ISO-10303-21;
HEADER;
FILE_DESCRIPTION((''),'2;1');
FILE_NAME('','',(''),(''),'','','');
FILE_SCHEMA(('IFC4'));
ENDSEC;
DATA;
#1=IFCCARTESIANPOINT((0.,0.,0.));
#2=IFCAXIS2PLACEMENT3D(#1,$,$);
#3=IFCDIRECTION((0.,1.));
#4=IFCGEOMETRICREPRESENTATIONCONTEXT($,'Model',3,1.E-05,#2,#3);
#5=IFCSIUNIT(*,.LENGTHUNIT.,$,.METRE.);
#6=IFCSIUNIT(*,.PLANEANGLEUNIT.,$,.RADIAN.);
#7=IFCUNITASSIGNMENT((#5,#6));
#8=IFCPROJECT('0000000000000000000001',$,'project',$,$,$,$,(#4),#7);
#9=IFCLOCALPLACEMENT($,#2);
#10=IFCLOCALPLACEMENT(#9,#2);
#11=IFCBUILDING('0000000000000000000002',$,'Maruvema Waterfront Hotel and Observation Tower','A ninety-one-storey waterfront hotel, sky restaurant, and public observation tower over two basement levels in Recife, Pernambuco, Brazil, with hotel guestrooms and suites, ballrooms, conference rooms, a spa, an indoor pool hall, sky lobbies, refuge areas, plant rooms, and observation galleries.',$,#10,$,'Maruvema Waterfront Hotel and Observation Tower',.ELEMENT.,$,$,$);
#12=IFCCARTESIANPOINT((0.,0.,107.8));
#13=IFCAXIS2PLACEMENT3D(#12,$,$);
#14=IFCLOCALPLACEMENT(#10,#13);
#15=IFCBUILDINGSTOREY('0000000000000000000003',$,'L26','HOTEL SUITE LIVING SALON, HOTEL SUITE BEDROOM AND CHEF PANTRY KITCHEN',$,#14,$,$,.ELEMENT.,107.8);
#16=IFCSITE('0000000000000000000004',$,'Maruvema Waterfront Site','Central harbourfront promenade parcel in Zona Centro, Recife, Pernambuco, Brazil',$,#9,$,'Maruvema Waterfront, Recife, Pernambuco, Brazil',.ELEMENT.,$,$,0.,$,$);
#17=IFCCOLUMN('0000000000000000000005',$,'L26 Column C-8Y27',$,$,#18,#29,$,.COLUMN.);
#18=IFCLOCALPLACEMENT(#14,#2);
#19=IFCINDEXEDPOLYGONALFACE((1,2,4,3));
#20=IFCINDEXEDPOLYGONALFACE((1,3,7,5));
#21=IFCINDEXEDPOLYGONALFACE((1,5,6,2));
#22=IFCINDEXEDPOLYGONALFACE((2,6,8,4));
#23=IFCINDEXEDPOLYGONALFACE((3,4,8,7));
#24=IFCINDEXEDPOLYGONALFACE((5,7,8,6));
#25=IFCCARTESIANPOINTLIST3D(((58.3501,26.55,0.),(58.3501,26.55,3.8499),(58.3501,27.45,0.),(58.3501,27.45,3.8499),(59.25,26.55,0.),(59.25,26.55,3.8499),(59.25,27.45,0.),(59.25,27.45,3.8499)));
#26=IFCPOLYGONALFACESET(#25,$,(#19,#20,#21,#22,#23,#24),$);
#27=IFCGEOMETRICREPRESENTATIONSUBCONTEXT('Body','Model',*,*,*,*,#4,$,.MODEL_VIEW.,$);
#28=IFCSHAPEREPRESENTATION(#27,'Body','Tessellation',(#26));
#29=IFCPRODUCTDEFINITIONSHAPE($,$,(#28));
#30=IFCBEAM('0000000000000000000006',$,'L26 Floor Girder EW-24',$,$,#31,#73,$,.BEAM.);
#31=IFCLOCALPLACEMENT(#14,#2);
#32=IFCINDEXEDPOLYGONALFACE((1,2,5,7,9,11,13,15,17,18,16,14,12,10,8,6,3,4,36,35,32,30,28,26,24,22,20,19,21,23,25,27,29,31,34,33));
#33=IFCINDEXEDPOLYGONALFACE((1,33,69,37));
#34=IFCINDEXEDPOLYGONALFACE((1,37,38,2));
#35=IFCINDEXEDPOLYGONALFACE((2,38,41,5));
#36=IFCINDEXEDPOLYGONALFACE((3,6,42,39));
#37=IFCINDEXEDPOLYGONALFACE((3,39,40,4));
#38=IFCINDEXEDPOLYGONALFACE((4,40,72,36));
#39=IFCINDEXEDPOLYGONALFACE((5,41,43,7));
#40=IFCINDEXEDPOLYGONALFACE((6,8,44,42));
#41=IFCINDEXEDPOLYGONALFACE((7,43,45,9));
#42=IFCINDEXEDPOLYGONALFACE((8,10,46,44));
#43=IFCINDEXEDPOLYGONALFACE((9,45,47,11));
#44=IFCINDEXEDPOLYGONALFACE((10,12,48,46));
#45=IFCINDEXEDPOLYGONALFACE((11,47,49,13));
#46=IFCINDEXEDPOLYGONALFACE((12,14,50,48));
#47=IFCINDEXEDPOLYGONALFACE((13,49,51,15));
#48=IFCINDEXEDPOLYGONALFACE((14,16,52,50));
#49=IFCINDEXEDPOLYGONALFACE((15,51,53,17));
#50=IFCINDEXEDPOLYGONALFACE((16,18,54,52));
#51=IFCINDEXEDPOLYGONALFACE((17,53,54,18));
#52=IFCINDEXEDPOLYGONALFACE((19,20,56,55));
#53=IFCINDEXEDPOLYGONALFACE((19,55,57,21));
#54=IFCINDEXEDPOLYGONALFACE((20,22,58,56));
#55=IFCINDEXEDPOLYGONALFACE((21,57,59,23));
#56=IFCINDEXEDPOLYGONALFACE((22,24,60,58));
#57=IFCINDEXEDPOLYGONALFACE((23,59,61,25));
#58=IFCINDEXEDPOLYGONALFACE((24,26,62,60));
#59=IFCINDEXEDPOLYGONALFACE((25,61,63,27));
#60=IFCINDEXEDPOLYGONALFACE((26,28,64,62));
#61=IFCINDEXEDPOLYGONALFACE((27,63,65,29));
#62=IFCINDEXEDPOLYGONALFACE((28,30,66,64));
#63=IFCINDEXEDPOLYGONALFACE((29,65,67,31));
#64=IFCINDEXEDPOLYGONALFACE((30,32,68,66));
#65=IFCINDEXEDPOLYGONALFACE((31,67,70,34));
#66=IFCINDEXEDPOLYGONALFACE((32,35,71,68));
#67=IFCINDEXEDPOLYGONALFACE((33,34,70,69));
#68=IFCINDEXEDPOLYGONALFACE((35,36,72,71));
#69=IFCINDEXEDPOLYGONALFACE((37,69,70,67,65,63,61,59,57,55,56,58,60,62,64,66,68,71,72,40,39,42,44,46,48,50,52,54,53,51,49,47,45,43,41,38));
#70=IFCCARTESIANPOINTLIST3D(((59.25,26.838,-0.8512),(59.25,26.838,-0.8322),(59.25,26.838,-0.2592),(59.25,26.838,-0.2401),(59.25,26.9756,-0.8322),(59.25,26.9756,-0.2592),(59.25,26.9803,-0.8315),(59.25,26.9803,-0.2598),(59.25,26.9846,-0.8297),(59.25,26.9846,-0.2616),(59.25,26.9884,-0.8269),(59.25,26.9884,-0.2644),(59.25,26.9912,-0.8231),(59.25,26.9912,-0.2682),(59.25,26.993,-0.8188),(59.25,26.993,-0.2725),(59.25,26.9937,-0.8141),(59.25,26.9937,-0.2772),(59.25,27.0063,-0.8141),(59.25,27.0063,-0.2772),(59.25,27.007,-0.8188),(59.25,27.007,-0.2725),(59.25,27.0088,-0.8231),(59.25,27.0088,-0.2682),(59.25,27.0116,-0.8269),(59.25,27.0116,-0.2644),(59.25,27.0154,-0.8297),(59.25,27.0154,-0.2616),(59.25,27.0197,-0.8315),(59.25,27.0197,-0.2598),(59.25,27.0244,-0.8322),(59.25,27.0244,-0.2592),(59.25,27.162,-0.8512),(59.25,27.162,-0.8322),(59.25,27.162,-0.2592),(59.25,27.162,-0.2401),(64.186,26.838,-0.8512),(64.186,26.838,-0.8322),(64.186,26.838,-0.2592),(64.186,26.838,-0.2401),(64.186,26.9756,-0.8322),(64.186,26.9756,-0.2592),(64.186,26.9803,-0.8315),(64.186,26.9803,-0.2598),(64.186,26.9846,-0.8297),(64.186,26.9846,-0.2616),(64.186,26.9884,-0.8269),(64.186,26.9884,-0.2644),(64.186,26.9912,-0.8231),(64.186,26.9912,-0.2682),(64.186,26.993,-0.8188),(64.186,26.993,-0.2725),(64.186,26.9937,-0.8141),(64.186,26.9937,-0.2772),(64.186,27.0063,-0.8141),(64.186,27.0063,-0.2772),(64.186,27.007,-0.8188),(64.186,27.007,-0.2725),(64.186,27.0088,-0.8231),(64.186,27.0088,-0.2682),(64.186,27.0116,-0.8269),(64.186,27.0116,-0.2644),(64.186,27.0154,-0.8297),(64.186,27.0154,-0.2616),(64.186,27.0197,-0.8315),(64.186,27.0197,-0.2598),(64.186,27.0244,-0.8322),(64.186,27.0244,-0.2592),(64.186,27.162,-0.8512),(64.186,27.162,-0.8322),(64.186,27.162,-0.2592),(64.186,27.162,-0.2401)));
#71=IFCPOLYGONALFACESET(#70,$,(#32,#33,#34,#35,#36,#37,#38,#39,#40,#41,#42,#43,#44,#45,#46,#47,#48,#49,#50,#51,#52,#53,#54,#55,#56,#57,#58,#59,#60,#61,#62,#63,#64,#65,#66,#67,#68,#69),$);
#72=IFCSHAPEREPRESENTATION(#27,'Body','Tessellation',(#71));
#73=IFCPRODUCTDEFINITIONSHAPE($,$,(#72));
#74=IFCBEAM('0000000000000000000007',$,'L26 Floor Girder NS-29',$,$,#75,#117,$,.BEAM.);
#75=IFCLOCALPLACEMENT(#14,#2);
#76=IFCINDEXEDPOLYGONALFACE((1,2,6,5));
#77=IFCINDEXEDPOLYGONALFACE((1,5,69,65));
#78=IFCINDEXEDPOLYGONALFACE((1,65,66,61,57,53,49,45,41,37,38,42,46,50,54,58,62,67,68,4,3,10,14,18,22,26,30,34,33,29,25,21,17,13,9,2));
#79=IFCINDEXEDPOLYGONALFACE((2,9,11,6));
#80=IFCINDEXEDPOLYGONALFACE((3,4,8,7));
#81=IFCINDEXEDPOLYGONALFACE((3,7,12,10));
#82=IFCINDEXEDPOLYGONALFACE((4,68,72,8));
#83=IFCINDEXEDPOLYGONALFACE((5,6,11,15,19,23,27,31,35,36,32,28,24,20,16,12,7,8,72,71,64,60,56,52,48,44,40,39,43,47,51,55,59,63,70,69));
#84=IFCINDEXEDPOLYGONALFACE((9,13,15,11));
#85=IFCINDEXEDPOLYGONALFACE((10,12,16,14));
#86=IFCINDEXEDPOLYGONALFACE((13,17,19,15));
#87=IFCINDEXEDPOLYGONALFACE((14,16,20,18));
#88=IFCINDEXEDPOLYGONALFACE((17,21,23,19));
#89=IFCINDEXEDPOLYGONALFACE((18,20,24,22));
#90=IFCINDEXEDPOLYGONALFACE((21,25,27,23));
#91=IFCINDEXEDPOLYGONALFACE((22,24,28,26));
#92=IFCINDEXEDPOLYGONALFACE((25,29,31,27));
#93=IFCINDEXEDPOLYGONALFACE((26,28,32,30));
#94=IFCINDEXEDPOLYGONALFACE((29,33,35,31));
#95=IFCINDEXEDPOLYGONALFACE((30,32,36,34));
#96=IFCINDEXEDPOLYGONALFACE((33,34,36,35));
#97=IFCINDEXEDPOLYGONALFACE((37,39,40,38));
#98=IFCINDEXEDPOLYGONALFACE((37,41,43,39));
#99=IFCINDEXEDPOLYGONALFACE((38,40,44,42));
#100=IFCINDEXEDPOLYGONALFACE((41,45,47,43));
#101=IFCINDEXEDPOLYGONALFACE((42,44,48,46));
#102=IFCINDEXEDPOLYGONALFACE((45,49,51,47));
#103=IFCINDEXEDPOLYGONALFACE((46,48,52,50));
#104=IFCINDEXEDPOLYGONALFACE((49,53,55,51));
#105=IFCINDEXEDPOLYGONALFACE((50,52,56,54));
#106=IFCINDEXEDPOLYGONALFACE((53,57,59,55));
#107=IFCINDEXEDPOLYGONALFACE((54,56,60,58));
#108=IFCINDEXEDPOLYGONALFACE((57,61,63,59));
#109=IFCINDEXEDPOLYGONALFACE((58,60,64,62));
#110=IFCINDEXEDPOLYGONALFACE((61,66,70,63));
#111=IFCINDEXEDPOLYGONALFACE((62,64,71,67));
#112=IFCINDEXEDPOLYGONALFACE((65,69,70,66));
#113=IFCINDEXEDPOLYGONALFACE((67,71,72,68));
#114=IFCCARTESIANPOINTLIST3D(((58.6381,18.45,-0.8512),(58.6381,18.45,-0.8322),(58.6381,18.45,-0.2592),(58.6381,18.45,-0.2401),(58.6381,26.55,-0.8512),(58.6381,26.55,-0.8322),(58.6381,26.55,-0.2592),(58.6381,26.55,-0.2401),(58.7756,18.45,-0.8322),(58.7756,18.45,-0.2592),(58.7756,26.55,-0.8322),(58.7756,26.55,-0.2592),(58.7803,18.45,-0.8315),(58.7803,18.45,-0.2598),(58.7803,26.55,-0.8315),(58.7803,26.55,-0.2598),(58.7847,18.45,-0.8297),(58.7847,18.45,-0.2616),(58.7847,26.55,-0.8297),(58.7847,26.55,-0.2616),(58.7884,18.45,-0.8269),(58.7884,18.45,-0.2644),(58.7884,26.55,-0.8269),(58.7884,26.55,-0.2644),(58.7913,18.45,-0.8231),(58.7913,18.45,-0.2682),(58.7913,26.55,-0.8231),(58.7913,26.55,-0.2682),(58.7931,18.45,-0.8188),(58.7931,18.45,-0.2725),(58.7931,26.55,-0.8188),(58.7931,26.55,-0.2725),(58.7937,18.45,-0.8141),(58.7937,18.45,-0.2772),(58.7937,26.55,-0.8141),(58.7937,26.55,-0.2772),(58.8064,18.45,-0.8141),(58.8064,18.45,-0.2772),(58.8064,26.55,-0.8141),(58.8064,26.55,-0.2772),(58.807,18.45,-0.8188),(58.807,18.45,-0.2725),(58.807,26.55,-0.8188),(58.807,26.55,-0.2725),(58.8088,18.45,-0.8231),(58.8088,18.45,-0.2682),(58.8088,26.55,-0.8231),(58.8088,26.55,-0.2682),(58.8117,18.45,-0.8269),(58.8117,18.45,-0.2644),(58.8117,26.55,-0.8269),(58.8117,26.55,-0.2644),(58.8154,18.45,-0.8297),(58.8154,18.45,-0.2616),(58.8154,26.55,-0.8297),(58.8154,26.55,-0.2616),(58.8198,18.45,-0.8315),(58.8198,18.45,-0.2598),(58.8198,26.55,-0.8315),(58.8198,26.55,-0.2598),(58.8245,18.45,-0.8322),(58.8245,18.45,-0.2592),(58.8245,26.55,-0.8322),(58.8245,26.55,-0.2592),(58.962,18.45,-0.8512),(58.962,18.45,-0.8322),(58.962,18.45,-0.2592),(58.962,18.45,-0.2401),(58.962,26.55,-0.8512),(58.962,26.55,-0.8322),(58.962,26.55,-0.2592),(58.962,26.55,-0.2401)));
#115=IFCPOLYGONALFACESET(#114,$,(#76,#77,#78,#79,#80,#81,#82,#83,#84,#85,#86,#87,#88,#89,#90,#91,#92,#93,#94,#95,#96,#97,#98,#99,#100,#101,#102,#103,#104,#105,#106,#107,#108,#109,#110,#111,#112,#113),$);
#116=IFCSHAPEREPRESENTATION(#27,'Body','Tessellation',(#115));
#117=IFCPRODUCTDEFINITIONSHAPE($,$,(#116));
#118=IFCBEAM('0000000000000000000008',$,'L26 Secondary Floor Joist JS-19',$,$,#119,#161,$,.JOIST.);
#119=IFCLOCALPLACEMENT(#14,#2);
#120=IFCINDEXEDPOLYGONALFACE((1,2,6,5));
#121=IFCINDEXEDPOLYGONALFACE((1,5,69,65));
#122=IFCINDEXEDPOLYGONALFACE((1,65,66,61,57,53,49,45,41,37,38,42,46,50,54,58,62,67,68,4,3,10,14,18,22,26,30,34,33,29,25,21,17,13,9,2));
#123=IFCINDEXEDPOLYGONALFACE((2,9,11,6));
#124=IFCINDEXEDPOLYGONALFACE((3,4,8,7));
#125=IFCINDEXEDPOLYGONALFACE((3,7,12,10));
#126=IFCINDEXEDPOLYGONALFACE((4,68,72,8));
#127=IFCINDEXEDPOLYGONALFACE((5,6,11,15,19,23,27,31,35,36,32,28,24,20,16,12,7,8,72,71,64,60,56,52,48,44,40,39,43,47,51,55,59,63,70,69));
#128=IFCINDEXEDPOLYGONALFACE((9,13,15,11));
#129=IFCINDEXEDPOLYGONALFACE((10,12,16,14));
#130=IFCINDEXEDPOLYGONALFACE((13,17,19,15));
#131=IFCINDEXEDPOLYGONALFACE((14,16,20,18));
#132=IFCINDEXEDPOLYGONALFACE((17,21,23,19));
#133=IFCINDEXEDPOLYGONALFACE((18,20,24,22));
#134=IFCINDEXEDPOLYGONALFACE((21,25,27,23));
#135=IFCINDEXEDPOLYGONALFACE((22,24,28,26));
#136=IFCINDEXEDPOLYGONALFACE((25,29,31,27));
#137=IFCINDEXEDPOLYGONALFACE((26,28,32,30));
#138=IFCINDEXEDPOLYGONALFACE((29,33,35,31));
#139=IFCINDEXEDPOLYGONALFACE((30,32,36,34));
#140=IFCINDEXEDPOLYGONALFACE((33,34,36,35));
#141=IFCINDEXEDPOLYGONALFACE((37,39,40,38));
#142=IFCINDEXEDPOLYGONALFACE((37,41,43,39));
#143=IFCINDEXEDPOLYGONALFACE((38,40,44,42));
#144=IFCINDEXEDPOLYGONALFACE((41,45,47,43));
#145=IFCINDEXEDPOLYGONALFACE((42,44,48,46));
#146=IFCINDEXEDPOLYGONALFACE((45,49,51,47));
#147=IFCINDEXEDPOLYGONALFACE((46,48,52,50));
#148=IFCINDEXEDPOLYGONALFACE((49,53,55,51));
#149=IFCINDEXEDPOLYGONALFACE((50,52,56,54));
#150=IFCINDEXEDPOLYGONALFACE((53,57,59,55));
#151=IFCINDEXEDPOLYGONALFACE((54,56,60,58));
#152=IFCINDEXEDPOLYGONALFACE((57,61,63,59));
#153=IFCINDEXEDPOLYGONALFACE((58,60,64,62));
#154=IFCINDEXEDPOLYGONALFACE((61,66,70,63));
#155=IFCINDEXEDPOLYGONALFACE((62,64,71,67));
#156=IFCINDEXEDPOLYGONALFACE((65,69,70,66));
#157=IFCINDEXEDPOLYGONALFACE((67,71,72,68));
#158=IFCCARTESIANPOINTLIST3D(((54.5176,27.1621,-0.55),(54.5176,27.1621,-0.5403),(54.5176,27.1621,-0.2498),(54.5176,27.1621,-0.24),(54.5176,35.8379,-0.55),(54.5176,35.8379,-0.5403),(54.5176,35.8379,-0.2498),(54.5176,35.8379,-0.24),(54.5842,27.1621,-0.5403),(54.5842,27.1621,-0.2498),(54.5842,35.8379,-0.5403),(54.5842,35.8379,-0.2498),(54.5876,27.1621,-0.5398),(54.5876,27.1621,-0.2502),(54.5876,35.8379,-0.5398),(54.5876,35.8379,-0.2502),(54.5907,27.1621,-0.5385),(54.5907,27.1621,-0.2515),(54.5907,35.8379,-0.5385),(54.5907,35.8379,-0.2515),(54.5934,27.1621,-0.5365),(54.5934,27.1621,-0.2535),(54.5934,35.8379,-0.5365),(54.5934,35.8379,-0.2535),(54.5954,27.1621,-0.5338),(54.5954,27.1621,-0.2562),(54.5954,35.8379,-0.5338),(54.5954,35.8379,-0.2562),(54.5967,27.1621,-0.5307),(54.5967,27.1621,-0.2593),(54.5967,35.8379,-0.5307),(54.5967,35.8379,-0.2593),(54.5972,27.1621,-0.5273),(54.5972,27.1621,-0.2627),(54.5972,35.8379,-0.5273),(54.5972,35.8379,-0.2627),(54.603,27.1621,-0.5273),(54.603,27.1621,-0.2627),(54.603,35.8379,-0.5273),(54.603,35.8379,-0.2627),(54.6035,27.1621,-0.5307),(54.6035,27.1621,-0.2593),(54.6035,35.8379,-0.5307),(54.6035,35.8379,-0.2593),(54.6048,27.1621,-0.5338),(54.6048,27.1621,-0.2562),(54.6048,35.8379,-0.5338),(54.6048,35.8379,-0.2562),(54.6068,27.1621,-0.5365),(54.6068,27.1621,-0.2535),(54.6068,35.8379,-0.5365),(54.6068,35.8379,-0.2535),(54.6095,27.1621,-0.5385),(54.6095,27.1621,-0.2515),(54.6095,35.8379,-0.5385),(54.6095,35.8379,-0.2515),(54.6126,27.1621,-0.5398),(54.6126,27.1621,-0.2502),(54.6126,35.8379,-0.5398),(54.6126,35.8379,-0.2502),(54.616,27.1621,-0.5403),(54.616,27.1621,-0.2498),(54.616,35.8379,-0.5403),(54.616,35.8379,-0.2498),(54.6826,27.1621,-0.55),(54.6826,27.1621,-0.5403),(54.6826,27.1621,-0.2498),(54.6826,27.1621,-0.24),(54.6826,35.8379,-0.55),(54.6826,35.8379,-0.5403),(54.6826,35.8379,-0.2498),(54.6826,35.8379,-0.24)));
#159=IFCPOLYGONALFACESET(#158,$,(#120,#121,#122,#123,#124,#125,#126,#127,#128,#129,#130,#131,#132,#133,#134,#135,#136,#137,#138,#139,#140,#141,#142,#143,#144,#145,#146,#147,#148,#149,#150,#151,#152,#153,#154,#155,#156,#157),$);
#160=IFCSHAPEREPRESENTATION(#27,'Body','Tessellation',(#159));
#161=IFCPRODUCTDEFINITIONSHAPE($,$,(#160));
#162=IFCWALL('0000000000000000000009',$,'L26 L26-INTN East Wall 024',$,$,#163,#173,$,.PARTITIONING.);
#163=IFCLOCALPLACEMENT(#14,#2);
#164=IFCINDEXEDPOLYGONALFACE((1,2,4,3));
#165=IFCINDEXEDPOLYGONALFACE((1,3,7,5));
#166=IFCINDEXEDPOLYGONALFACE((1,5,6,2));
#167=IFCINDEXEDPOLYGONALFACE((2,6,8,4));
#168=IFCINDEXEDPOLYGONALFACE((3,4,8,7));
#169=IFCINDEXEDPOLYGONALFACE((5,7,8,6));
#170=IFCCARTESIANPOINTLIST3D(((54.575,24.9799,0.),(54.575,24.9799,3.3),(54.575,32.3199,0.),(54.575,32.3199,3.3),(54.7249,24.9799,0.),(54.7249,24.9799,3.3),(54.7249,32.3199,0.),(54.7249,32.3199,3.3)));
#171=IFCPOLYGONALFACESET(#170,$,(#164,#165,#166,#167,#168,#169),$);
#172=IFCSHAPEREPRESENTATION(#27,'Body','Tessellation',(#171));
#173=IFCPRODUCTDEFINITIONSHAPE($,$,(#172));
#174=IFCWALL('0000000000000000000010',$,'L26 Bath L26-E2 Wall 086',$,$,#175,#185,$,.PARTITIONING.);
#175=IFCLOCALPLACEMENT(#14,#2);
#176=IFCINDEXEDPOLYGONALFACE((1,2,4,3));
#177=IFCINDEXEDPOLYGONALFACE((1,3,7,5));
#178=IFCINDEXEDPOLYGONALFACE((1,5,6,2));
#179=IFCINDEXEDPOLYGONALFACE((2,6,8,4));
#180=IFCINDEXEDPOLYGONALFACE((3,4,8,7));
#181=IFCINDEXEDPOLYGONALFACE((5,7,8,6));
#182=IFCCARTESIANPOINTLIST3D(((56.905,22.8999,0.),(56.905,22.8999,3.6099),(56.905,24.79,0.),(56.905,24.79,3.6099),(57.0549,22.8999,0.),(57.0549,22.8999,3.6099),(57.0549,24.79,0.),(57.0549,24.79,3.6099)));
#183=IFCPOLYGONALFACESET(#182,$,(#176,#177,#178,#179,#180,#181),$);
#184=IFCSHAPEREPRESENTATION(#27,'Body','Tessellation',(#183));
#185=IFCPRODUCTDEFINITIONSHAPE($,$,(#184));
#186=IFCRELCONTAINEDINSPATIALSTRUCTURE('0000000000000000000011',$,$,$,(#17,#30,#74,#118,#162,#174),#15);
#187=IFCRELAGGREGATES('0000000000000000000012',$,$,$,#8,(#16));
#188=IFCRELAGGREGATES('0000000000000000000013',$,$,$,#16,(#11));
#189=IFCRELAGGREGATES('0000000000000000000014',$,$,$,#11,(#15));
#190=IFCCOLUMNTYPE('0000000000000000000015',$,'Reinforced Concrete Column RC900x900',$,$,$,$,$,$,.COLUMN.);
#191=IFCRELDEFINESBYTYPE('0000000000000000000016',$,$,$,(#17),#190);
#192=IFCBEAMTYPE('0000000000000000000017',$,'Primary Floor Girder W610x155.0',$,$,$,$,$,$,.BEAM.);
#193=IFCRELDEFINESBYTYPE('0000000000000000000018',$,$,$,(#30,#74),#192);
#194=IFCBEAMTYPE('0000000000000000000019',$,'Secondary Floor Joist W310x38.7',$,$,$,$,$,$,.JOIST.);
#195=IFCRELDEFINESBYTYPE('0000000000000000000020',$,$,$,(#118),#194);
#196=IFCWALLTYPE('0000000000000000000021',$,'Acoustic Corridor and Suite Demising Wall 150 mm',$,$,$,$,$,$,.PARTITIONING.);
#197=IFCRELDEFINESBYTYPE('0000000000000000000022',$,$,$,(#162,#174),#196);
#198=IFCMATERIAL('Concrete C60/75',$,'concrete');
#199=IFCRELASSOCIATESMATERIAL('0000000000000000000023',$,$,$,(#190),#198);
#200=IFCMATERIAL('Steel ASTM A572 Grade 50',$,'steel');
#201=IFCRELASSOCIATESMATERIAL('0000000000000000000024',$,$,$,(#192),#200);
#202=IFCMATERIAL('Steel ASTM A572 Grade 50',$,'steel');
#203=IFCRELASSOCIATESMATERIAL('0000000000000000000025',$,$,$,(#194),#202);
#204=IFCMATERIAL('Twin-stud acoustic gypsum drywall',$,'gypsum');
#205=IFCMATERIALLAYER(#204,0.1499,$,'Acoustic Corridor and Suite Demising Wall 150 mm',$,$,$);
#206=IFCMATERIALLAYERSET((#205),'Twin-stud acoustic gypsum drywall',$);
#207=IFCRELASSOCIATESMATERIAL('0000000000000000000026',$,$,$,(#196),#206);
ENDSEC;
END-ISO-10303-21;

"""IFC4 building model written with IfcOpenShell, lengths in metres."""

from ifc_helpers import new_model, si_unit, direction, frame, frame_2d, origin, origin_2d, place, context, subcontext, project, spatial, rectangle, i_section, extrude, material, layer, layer_set, material_profile, profile_set, type_object, element, save


model = new_model("IFC4")

# Units and contexts
model_context = context("Model", 3, precision=1e-05, world=origin(), true_north=direction((0.0, 1.0)))
body_context = subcontext(model_context, "Body", "Model", "MODEL_VIEW")
ifc_project = project(units=[si_unit("LENGTHUNIT", "METRE"), si_unit("PLANEANGLEUNIT", "RADIAN")], contexts=[model_context])

# Site, building, storey
site_placement = place(None, origin())
site = spatial("IfcSite", under=ifc_project, at=site_placement, Name="Maruvema Waterfront Site", Description="Central harbourfront promenade parcel in Zona Centro, Recife, Pernambuco, Brazil", LongName="Maruvema Waterfront, Recife, Pernambuco, Brazil", CompositionType="ELEMENT", RefElevation=0.0)
building_placement = place(site_placement, origin())
building = spatial("IfcBuilding", under=site, at=building_placement, Name="Maruvema Waterfront Hotel and Observation Tower", Description="A ninety-one-storey waterfront hotel, sky restaurant, and public observation tower over two basement levels in Recife, Pernambuco, Brazil, with hotel guestrooms and suites, ballrooms, conference rooms, a spa, an indoor pool hall, sky lobbies, refuge areas, plant rooms, and observation galleries.", LongName="Maruvema Waterfront Hotel and Observation Tower", CompositionType="ELEMENT")
storey_placement = place(building_placement, frame((0.0, 0.0, 107.8)))
storey = spatial("IfcBuildingStorey", under=building, at=storey_placement, Name="L26", Description="HOTEL SUITE LIVING SALON, HOTEL SUITE BEDROOM AND CHEF PANTRY KITCHEN", CompositionType="ELEMENT", Elevation=107.8)

# Column
ifc_material_1 = material(Name="Concrete C60/75", Category="concrete")
ifc_material_profile_1 = material_profile(ifc_material_1, rectangle(XDim=0.8999, YDim=0.8999, at=origin_2d()), Name="RC900x900")
ifc_profile_set_1 = profile_set([ifc_material_profile_1], Name="Concrete C60/75")
column_type = type_object("IfcColumnType", Name="Reinforced Concrete Column RC900x900", PredefinedType="COLUMN", material=ifc_profile_set_1)
column_placement = place(storey_placement, frame((58.8, 27.0, 0.0), z_axis=(0.0, 0.0, 1.0), x_axis=(1.0, 0.0, 0.0)))
element("IfcColumn", 1, at=column_placement, inside=storey, type_object=column_type, Name="L26 Column C-8Y27", PredefinedType="COLUMN", context=body_context, shape_type="SweptSolid", body=[
    extrude(rectangle(XDim=0.8999, YDim=0.8999, at=origin_2d()), origin(), (0.0, 0.0, 1.0), 3.8499),
])

# Beams
ifc_material_2 = material(Name="Steel ASTM A572 Grade 50", Category="steel")
ifc_material_profile_2 = material_profile(ifc_material_2, i_section(OverallWidth=0.324, OverallDepth=0.6111, WebThickness=0.0127, FlangeThickness=0.019, FilletRadius=0.0181, at=origin_2d()), Name="W610x155.0")
ifc_profile_set_2 = profile_set([ifc_material_profile_2], Name="Steel ASTM A572 Grade 50")
beam_type_1 = type_object("IfcBeamType", Name="Primary Floor Girder W610x155.0", PredefinedType="BEAM", material=ifc_profile_set_2)
beam_1_placement = place(storey_placement, frame((59.25, 27.0, -0.5457), z_axis=(1.0, 0.0, 0.0), x_axis=(0.0, 1.0, 0.0)))
element("IfcBeam", 2, at=beam_1_placement, inside=storey, type_object=beam_type_1, Name="L26 Floor Girder EW-24", PredefinedType="BEAM", context=body_context, shape_type="SweptSolid", body=[
    extrude(i_section(OverallWidth=0.324, OverallDepth=0.6111, WebThickness=0.0127, FlangeThickness=0.019, FilletRadius=0.0181, at=origin_2d()), origin(), (0.0, 0.0, 1.0), 4.936),
])
beam_2_placement = place(storey_placement, frame((58.8, 18.45, -0.5457), z_axis=(0.0, 1.0, 0.0), x_axis=(-1.0, 0.0, 0.0)))
element("IfcBeam", 3, at=beam_2_placement, inside=storey, type_object=beam_type_1, Name="L26 Floor Girder NS-29", PredefinedType="BEAM", context=body_context, shape_type="SweptSolid", body=[
    extrude(i_section(OverallWidth=0.324, OverallDepth=0.6111, WebThickness=0.0127, FlangeThickness=0.019, FilletRadius=0.0181, at=origin_2d()), origin(), (0.0, 0.0, 1.0), 8.1001),
])
ifc_material_3 = material(Name="Steel ASTM A572 Grade 50", Category="steel")
ifc_material_profile_3 = material_profile(ifc_material_3, i_section(OverallWidth=0.165, OverallDepth=0.3101, WebThickness=0.0059, FlangeThickness=0.0098, FilletRadius=0.0129, at=origin_2d()), Name="W310x38.7")
ifc_profile_set_3 = profile_set([ifc_material_profile_3], Name="Steel ASTM A572 Grade 50")
beam_type_2 = type_object("IfcBeamType", Name="Secondary Floor Joist W310x38.7", PredefinedType="JOIST", material=ifc_profile_set_3)
beam_3_placement = place(storey_placement, frame((54.6001, 27.1621, -0.395), z_axis=(0.0, 1.0, 0.0), x_axis=(-1.0, 0.0, 0.0)))
element("IfcBeam", 4, at=beam_3_placement, inside=storey, type_object=beam_type_2, Name="L26 Secondary Floor Joist JS-19", PredefinedType="JOIST", context=body_context, shape_type="SweptSolid", body=[
    extrude(i_section(OverallWidth=0.165, OverallDepth=0.3101, WebThickness=0.0059, FlangeThickness=0.0098, FilletRadius=0.0129, at=origin_2d()), origin(), (0.0, 0.0, 1.0), 8.6758),
])

# Wall
ifc_material_4 = material(Name="Twin-stud acoustic gypsum drywall", Category="gypsum")
ifc_layer_1 = layer(ifc_material_4, 0.1499, Name="Acoustic Corridor and Suite Demising Wall 150 mm")
ifc_layer_set_1 = layer_set([ifc_layer_1], Name="Twin-stud acoustic gypsum drywall")
wall_type_1 = type_object("IfcWallType", Name="Acoustic Corridor and Suite Demising Wall 150 mm", PredefinedType="PARTITIONING", material=ifc_layer_set_1)
wall_1_placement = place(storey_placement, frame((54.6499, 24.98, 0.0), z_axis=(0.0, 0.0, 1.0), x_axis=(0.0, 1.0, 0.0)))
element("IfcWall", 5, at=wall_1_placement, inside=storey, type_object=wall_type_1, Name="L26 L26-INTN East Wall 024", PredefinedType="PARTITIONING", context=body_context, shape_type="SweptSolid", body=[
    extrude(rectangle(XDim=7.3401, YDim=0.1499, at=frame_2d((3.6699, 0.0))), origin(), (0.0, 0.0, 1.0), 3.3),
])

# Wall
wall_2_placement = place(storey_placement, frame((56.98, 22.8999, 0.0), z_axis=(0.0, 0.0, 1.0), x_axis=(0.0, 1.0, 0.0)))
element("IfcWall", 6, at=wall_2_placement, inside=storey, type_object=wall_type_1, Name="L26 Bath L26-E2 Wall 086", PredefinedType="PARTITIONING", context=body_context, shape_type="SweptSolid", body=[
    extrude(rectangle(XDim=1.8901, YDim=0.1499, at=frame_2d((0.9451, 0.0))), origin(), (0.0, 0.0, 1.0), 3.6099),
])

save(model, "model.ifc")
